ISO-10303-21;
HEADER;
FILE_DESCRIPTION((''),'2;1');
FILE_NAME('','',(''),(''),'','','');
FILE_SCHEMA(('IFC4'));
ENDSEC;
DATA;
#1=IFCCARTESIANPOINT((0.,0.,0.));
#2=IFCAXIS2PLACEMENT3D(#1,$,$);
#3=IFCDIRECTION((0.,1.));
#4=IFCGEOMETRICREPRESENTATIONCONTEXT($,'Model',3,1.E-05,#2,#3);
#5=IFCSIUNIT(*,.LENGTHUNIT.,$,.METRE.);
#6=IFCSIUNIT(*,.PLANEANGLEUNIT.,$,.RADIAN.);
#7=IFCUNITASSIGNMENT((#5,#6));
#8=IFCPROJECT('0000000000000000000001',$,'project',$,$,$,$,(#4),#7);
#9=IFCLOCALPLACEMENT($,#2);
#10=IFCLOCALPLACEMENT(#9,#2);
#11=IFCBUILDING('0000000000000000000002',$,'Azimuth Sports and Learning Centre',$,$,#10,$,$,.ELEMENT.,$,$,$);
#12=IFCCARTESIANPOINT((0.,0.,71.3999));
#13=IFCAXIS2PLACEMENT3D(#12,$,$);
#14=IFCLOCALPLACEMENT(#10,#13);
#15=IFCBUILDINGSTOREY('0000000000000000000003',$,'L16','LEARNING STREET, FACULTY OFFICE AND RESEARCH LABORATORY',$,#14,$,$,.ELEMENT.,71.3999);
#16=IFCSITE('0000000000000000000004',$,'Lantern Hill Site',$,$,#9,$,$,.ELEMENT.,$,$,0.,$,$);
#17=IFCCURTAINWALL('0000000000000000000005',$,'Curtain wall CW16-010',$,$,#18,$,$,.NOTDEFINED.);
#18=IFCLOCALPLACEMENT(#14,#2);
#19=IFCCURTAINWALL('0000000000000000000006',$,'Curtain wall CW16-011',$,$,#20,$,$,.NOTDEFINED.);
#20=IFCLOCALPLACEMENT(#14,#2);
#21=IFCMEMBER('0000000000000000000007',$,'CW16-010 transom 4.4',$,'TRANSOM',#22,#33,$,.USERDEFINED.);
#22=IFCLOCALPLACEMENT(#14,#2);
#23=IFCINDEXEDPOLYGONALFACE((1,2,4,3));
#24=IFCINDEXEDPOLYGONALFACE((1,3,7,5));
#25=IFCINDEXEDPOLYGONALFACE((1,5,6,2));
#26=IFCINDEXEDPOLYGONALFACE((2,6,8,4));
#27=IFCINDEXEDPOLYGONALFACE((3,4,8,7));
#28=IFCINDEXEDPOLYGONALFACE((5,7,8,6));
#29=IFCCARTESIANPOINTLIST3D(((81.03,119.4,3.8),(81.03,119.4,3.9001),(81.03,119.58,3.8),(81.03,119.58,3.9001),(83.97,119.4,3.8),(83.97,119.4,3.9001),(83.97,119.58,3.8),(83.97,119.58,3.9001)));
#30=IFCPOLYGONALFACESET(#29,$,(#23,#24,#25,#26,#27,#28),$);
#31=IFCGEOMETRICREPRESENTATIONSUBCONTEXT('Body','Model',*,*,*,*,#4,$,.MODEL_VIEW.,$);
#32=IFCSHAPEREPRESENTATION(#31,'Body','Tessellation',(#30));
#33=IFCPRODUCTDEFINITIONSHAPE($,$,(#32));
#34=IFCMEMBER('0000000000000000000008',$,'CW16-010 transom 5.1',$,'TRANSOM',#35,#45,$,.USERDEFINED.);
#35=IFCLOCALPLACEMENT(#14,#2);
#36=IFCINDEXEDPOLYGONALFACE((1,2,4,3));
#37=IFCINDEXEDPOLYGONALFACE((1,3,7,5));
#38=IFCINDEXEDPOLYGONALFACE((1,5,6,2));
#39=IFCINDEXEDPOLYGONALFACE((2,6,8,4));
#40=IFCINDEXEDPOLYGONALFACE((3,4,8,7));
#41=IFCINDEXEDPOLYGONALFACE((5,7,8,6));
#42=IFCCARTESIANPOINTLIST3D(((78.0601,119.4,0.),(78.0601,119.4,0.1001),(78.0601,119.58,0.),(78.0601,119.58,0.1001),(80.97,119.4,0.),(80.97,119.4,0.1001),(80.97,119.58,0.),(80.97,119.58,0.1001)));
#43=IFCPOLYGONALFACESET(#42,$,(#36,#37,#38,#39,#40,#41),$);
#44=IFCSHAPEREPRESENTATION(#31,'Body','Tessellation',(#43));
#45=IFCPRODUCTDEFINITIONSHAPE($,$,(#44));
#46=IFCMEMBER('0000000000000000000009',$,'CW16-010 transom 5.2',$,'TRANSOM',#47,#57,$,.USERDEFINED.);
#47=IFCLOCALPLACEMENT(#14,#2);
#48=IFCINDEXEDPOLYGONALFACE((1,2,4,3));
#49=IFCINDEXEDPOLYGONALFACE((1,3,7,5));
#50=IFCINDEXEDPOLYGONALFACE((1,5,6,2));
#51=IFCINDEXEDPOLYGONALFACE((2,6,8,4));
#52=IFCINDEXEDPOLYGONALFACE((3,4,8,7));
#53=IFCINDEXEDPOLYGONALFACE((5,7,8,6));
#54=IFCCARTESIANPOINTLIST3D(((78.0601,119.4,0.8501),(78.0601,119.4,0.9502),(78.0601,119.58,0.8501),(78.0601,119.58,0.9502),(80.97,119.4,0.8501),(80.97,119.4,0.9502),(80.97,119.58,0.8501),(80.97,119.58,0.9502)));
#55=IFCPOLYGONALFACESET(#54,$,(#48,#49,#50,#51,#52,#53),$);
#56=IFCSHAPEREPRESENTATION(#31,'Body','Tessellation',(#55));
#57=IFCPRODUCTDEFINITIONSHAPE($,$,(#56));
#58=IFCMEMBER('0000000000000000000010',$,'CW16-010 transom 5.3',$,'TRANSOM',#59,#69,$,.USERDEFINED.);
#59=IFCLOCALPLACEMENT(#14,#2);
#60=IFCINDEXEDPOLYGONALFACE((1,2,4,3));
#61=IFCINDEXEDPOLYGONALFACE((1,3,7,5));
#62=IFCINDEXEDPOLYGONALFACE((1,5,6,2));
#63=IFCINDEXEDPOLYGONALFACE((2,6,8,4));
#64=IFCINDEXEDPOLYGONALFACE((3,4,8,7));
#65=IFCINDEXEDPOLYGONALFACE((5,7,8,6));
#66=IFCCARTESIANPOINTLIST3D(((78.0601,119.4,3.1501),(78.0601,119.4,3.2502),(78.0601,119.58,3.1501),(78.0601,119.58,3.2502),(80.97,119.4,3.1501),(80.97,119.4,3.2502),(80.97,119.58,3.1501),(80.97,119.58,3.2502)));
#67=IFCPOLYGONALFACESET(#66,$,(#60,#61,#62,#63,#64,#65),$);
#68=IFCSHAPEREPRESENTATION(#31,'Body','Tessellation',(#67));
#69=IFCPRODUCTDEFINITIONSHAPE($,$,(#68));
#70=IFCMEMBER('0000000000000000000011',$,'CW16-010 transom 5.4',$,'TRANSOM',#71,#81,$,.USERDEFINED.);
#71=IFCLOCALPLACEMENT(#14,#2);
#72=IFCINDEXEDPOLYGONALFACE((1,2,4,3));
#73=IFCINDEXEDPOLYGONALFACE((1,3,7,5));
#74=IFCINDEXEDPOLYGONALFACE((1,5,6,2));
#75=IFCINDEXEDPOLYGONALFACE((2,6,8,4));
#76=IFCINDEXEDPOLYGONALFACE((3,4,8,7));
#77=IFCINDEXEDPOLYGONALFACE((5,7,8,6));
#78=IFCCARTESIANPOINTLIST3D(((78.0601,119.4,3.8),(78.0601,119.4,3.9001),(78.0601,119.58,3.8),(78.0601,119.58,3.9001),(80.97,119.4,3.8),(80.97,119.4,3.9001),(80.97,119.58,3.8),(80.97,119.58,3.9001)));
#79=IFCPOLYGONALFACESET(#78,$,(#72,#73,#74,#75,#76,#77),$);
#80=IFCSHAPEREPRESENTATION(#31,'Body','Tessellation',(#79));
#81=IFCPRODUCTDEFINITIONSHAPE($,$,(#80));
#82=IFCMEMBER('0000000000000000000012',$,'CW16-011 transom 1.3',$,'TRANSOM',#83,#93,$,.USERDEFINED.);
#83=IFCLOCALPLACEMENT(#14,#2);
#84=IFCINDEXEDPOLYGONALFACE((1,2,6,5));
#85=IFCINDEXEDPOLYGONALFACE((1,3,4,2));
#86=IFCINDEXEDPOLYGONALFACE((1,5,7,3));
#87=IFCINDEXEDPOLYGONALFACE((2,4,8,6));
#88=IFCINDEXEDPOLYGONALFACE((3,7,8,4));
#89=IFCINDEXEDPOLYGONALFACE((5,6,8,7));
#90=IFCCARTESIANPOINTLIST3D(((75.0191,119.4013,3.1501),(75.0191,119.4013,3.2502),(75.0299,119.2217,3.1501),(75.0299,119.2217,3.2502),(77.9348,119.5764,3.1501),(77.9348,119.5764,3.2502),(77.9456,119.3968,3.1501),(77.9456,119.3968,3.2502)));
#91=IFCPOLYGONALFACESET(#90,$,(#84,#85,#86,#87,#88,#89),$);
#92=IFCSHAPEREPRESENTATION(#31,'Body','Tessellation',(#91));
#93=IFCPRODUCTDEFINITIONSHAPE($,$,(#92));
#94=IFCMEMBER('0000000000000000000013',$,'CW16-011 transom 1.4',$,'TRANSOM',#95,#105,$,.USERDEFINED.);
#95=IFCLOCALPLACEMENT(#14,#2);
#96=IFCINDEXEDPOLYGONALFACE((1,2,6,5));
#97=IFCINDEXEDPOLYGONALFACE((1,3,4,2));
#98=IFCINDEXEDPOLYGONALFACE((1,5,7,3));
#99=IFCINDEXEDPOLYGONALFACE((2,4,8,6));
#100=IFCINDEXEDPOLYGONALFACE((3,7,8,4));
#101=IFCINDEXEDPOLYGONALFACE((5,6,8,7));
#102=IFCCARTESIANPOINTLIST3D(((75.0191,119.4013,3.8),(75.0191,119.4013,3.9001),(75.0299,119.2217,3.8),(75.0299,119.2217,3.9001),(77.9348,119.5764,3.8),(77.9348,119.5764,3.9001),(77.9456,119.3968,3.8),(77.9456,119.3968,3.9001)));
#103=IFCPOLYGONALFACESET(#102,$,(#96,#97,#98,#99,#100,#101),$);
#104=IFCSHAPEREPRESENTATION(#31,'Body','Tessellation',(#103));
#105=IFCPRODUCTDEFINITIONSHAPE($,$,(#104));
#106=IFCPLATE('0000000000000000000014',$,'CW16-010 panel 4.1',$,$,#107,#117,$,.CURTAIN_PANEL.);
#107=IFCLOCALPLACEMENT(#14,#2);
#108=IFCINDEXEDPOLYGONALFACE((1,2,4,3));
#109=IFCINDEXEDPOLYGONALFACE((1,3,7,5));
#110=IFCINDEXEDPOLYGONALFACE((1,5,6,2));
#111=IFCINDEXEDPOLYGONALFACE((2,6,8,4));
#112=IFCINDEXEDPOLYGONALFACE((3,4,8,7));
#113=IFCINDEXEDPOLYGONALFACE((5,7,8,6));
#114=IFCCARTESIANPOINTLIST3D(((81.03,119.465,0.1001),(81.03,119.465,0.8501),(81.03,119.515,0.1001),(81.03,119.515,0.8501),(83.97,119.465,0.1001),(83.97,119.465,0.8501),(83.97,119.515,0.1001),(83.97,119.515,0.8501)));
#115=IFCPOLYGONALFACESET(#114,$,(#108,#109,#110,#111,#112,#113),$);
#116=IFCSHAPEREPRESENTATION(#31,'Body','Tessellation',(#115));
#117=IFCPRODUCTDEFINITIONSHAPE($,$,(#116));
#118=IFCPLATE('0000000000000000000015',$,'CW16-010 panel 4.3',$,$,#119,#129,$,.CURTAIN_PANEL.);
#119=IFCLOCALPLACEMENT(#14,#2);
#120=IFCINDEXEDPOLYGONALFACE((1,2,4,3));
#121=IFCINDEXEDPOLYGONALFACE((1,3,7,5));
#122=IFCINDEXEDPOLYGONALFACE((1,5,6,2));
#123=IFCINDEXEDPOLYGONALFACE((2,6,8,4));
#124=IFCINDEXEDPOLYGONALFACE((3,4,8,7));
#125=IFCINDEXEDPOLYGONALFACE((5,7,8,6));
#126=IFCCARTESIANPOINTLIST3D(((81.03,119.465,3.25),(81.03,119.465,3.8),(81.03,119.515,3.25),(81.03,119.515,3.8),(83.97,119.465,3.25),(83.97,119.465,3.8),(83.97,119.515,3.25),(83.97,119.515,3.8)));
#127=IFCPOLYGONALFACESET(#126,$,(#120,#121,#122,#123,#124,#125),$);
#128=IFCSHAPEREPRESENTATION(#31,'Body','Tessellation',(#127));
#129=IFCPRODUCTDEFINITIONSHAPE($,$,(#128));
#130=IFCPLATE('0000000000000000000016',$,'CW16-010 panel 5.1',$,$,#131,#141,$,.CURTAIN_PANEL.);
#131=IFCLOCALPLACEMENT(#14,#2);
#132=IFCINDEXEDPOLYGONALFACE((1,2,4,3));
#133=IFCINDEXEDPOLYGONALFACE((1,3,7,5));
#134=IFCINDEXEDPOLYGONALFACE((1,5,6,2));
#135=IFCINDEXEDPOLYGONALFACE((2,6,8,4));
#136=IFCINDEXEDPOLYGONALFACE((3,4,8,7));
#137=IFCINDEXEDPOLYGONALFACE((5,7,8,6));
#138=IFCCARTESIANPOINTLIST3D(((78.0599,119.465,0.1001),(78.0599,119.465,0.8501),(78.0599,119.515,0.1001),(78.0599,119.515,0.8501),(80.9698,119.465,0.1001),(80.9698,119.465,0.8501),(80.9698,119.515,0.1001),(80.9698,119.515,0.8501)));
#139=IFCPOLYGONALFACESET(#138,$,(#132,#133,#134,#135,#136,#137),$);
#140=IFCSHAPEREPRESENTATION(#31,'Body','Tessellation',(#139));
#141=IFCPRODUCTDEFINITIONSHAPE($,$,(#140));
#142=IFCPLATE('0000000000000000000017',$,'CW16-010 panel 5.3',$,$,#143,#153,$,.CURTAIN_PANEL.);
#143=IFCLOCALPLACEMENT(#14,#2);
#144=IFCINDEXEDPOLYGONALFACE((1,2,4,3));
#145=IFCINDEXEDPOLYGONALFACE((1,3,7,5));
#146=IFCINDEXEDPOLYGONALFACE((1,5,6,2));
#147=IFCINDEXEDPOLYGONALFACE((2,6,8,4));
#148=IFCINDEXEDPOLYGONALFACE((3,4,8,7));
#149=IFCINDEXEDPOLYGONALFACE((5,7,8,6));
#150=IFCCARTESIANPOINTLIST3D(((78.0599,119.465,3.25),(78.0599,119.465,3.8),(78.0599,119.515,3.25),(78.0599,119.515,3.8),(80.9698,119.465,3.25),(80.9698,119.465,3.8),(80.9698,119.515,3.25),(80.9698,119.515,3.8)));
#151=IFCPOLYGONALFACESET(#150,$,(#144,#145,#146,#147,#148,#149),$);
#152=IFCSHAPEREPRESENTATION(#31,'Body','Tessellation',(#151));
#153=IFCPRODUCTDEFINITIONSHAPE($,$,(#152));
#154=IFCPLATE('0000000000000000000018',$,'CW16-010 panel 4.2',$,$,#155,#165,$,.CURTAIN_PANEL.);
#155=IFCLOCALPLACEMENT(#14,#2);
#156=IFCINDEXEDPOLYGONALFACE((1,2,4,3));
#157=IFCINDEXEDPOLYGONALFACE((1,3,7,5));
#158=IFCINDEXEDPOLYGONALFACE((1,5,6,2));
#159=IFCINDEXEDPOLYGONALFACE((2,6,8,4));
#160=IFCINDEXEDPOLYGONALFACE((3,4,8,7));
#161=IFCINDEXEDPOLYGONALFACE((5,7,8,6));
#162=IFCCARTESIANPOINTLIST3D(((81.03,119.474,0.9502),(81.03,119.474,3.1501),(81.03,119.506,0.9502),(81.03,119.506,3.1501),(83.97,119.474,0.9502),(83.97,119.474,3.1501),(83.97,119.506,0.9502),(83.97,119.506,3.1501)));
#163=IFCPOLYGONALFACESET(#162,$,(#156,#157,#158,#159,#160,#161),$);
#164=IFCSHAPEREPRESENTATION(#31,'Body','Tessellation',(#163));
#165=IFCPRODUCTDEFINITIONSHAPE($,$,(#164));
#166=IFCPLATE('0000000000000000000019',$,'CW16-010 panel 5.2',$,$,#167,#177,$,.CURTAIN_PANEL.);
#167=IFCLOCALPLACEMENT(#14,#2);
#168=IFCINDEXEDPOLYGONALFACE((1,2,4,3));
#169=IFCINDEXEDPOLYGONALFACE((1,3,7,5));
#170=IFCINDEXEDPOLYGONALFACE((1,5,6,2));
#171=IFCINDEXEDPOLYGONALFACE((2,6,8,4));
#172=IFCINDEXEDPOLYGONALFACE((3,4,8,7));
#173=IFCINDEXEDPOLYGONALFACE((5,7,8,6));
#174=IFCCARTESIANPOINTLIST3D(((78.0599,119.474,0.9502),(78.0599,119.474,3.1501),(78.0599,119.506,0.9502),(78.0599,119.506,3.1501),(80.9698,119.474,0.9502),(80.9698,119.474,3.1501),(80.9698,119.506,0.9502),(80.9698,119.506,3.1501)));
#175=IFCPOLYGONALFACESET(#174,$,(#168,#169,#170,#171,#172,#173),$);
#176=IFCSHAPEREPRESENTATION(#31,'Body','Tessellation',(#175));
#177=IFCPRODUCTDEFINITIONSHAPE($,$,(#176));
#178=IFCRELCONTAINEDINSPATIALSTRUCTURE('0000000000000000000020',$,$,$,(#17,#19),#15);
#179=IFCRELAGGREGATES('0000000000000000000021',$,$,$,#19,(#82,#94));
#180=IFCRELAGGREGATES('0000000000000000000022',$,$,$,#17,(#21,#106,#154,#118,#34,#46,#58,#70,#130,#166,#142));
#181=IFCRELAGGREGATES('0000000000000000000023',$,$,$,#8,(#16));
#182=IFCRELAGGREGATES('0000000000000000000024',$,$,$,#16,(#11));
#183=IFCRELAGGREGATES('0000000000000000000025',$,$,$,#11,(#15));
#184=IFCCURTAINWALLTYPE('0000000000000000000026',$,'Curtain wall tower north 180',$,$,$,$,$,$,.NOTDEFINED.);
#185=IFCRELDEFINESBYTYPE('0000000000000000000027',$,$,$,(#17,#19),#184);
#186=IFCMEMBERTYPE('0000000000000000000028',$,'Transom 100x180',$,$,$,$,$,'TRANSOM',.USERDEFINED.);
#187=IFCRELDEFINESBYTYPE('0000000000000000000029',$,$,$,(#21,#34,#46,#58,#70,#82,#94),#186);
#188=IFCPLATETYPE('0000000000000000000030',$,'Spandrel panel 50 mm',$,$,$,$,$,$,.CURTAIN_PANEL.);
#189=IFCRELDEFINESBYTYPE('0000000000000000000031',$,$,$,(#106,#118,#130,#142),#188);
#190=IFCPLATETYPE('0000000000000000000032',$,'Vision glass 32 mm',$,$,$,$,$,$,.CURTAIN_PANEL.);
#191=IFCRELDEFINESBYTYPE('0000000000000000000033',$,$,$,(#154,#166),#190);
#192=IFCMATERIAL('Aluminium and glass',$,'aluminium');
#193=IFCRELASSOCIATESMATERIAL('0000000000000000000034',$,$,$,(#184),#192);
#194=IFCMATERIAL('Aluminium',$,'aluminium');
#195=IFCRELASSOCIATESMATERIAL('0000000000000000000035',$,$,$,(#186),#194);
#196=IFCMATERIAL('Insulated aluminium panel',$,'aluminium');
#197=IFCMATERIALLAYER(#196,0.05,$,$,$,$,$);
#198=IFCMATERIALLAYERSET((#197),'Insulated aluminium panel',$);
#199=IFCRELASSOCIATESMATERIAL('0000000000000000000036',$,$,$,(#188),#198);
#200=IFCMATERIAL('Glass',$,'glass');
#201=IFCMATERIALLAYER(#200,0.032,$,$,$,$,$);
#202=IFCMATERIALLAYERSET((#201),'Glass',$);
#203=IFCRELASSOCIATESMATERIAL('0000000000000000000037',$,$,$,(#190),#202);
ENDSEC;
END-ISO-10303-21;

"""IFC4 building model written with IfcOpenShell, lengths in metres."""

from ifc_helpers import new_model, si_unit, direction, frame, origin, origin_2d, place, context, subcontext, project, spatial, rectangle, extrude, material, layer, layer_set, material_profile, profile_set, type_object, element, aggregate, save


model = new_model("IFC4")

# Units and contexts
model_context = context("Model", 3, precision=1e-05, world=origin(), true_north=direction((0.0, 1.0)))
body_context = subcontext(model_context, "Body", "Model", "MODEL_VIEW")
ifc_project = project(units=[si_unit("LENGTHUNIT", "METRE"), si_unit("PLANEANGLEUNIT", "RADIAN")], contexts=[model_context])

# Site, building, storey
site_placement = place(None, origin())
site = spatial("IfcSite", under=ifc_project, at=site_placement, Name="Lantern Hill Site", CompositionType="ELEMENT", RefElevation=0.0)
building_placement = place(site_placement, origin())
building = spatial("IfcBuilding", under=site, at=building_placement, Name="Azimuth Sports and Learning Centre", CompositionType="ELEMENT")
storey_placement = place(building_placement, frame((0.0, 0.0, 71.3999)))
storey = spatial("IfcBuildingStorey", under=building, at=storey_placement, Name="L16", Description="LEARNING STREET, FACULTY OFFICE AND RESEARCH LABORATORY", CompositionType="ELEMENT", Elevation=71.3999)

# Curtain wall
ifc_material_1 = material(Name="Aluminium and glass", Category="aluminium")
curtain_wall_type = type_object("IfcCurtainWallType", Name="Curtain wall tower north 180", PredefinedType="NOTDEFINED", material=ifc_material_1)
curtain_wall_1_placement = place(storey_placement, origin())
curtain_wall_1 = element("IfcCurtainWall", 1, at=curtain_wall_1_placement, inside=storey, type_object=curtain_wall_type, Name="Curtain wall CW16-010", PredefinedType="NOTDEFINED")

# Curtain wall
curtain_wall_2_placement = place(storey_placement, origin())
curtain_wall_2 = element("IfcCurtainWall", 2, at=curtain_wall_2_placement, inside=storey, type_object=curtain_wall_type, Name="Curtain wall CW16-011", PredefinedType="NOTDEFINED")

# Members
ifc_material_2 = material(Name="Aluminium", Category="aluminium")
ifc_material_profile_1 = material_profile(ifc_material_2, rectangle(XDim=0.1799, YDim=0.1001, at=origin_2d()), Name="Transom 100x180")
ifc_profile_set_1 = profile_set([ifc_material_profile_1], Name="Aluminium")
member_type_1 = type_object("IfcMemberType", Name="Transom 100x180", ElementType="TRANSOM", PredefinedType="USERDEFINED", material=ifc_profile_set_1)
member_1_placement = place(storey_placement, frame((83.97, 119.49, 3.8501), z_axis=(-1.0, 0.0, 0.0), x_axis=(0.0, -1.0, 0.0)))
member_1 = element("IfcMember", 3, at=member_1_placement, type_object=member_type_1, Name="CW16-010 transom 4.4", ObjectType="TRANSOM", PredefinedType="USERDEFINED", context=body_context, shape_type="SweptSolid", body=[
    extrude(rectangle(XDim=0.1799, YDim=0.1001, at=origin_2d()), origin(), (0.0, 0.0, 1.0), 2.9399),
])
member_2_placement = place(storey_placement, frame((80.97, 119.49, 0.05), z_axis=(-1.0, 0.0, 0.0), x_axis=(0.0, -1.0, 0.0)))
member_2 = element("IfcMember", 4, at=member_2_placement, type_object=member_type_1, Name="CW16-010 transom 5.1", ObjectType="TRANSOM", PredefinedType="USERDEFINED", context=body_context, shape_type="SweptSolid", body=[
    extrude(rectangle(XDim=0.1799, YDim=0.1001, at=origin_2d()), origin(), (0.0, 0.0, 1.0), 2.9099),
])
member_3_placement = place(storey_placement, frame((80.97, 119.49, 0.9001), z_axis=(-1.0, 0.0, 0.0), x_axis=(0.0, -1.0, 0.0)))
member_3 = element("IfcMember", 5, at=member_3_placement, type_object=member_type_1, Name="CW16-010 transom 5.2", ObjectType="TRANSOM", PredefinedType="USERDEFINED", context=body_context, shape_type="SweptSolid", body=[
    extrude(rectangle(XDim=0.1799, YDim=0.1001, at=origin_2d()), origin(), (0.0, 0.0, 1.0), 2.9099),
])
member_4_placement = place(storey_placement, frame((80.97, 119.49, 3.2002), z_axis=(-1.0, 0.0, 0.0), x_axis=(0.0, -1.0, 0.0)))
member_4 = element("IfcMember", 6, at=member_4_placement, type_object=member_type_1, Name="CW16-010 transom 5.3", ObjectType="TRANSOM", PredefinedType="USERDEFINED", context=body_context, shape_type="SweptSolid", body=[
    extrude(rectangle(XDim=0.1799, YDim=0.1001, at=origin_2d()), origin(), (0.0, 0.0, 1.0), 2.9099),
])
member_5_placement = place(storey_placement, frame((80.97, 119.49, 3.8501), z_axis=(-1.0, 0.0, 0.0), x_axis=(0.0, -1.0, 0.0)))
member_5 = element("IfcMember", 7, at=member_5_placement, type_object=member_type_1, Name="CW16-010 transom 5.4", ObjectType="TRANSOM", PredefinedType="USERDEFINED", context=body_context, shape_type="SweptSolid", body=[
    extrude(rectangle(XDim=0.1799, YDim=0.1001, at=origin_2d()), origin(), (0.0, 0.0, 1.0), 2.9099),
])
member_6_placement = place(storey_placement, frame((77.9402, 119.4866, 3.2002), z_axis=(-0.998202, -0.059932, 0.0), x_axis=(0.059932, -0.998202, 0.0)))
member_6 = element("IfcMember", 8, at=member_6_placement, type_object=member_type_1, Name="CW16-011 transom 1.3", ObjectType="TRANSOM", PredefinedType="USERDEFINED", context=body_context, shape_type="SweptSolid", body=[
    extrude(rectangle(XDim=0.1799, YDim=0.1001, at=origin_2d()), origin(), (0.0, 0.0, 1.0), 2.9209),
])
member_7_placement = place(storey_placement, frame((77.9402, 119.4866, 3.8501), z_axis=(-0.998202, -0.059932, 0.0), x_axis=(0.059932, -0.998202, 0.0)))
member_7 = element("IfcMember", 9, at=member_7_placement, type_object=member_type_1, Name="CW16-011 transom 1.4", ObjectType="TRANSOM", PredefinedType="USERDEFINED", context=body_context, shape_type="SweptSolid", body=[
    extrude(rectangle(XDim=0.1799, YDim=0.1001, at=origin_2d()), origin(), (0.0, 0.0, 1.0), 2.9209),
])
aggregate(curtain_wall_2, [member_6, member_7])

# Plates
ifc_material_3 = material(Name="Insulated aluminium panel", Category="aluminium")
ifc_layer_1 = layer(ifc_material_3, 0.05)
ifc_layer_set_1 = layer_set([ifc_layer_1], Name="Insulated aluminium panel")
plate_type_1 = type_object("IfcPlateType", Name="Spandrel panel 50 mm", PredefinedType="CURTAIN_PANEL", material=ifc_layer_set_1)
plate_1_placement = place(storey_placement, frame((82.5, 119.49, 0.1001), z_axis=(0.0, 0.0, 1.0), x_axis=(-1.0, 0.0, 0.0)))
plate_1 = element("IfcPlate", 10, at=plate_1_placement, type_object=plate_type_1, Name="CW16-010 panel 4.1", PredefinedType="CURTAIN_PANEL", context=body_context, shape_type="SweptSolid", body=[
    extrude(rectangle(XDim=2.9399, YDim=0.05, at=origin_2d()), origin(), (0.0, 0.0, 1.0), 0.75),
])
plate_2_placement = place(storey_placement, frame((82.5, 119.49, 3.25), z_axis=(0.0, 0.0, 1.0), x_axis=(-1.0, 0.0, 0.0)))
plate_2 = element("IfcPlate", 11, at=plate_2_placement, type_object=plate_type_1, Name="CW16-010 panel 4.3", PredefinedType="CURTAIN_PANEL", context=body_context, shape_type="SweptSolid", body=[
    extrude(rectangle(XDim=2.9399, YDim=0.05, at=origin_2d()), origin(), (0.0, 0.0, 1.0), 0.55),
])
plate_3_placement = place(storey_placement, frame((79.5149, 119.49, 0.1001), z_axis=(0.0, 0.0, 1.0), x_axis=(-1.0, 0.0, 0.0)))
plate_3 = element("IfcPlate", 12, at=plate_3_placement, type_object=plate_type_1, Name="CW16-010 panel 5.1", PredefinedType="CURTAIN_PANEL", context=body_context, shape_type="SweptSolid", body=[
    extrude(rectangle(XDim=2.9099, YDim=0.05, at=origin_2d()), origin(), (0.0, 0.0, 1.0), 0.75),
])
plate_4_placement = place(storey_placement, frame((79.5149, 119.49, 3.25), z_axis=(0.0, 0.0, 1.0), x_axis=(-1.0, 0.0, 0.0)))
plate_4 = element("IfcPlate", 13, at=plate_4_placement, type_object=plate_type_1, Name="CW16-010 panel 5.3", PredefinedType="CURTAIN_PANEL", context=body_context, shape_type="SweptSolid", body=[
    extrude(rectangle(XDim=2.9099, YDim=0.05, at=origin_2d()), origin(), (0.0, 0.0, 1.0), 0.55),
])
ifc_material_4 = material(Name="Glass", Category="glass")
ifc_layer_2 = layer(ifc_material_4, 0.032)
ifc_layer_set_2 = layer_set([ifc_layer_2], Name="Glass")
plate_type_2 = type_object("IfcPlateType", Name="Vision glass 32 mm", PredefinedType="CURTAIN_PANEL", material=ifc_layer_set_2)
plate_5_placement = place(storey_placement, frame((82.5, 119.49, 0.9502), z_axis=(0.0, 0.0, 1.0), x_axis=(-1.0, 0.0, 0.0)))
plate_5 = element("IfcPlate", 14, at=plate_5_placement, type_object=plate_type_2, Name="CW16-010 panel 4.2", PredefinedType="CURTAIN_PANEL", context=body_context, shape_type="SweptSolid", body=[
    extrude(rectangle(XDim=2.9399, YDim=0.032, at=origin_2d()), origin(), (0.0, 0.0, 1.0), 2.2),
])
plate_6_placement = place(storey_placement, frame((79.5149, 119.49, 0.9502), z_axis=(0.0, 0.0, 1.0), x_axis=(-1.0, 0.0, 0.0)))
plate_6 = element("IfcPlate", 15, at=plate_6_placement, type_object=plate_type_2, Name="CW16-010 panel 5.2", PredefinedType="CURTAIN_PANEL", context=body_context, shape_type="SweptSolid", body=[
    extrude(rectangle(XDim=2.9099, YDim=0.032, at=origin_2d()), origin(), (0.0, 0.0, 1.0), 2.2),
])
aggregate(curtain_wall_1, [member_1, plate_1, plate_5, plate_2, member_2, member_3, member_4, member_5, plate_3, plate_6, plate_4])

save(model, "model.ifc")
